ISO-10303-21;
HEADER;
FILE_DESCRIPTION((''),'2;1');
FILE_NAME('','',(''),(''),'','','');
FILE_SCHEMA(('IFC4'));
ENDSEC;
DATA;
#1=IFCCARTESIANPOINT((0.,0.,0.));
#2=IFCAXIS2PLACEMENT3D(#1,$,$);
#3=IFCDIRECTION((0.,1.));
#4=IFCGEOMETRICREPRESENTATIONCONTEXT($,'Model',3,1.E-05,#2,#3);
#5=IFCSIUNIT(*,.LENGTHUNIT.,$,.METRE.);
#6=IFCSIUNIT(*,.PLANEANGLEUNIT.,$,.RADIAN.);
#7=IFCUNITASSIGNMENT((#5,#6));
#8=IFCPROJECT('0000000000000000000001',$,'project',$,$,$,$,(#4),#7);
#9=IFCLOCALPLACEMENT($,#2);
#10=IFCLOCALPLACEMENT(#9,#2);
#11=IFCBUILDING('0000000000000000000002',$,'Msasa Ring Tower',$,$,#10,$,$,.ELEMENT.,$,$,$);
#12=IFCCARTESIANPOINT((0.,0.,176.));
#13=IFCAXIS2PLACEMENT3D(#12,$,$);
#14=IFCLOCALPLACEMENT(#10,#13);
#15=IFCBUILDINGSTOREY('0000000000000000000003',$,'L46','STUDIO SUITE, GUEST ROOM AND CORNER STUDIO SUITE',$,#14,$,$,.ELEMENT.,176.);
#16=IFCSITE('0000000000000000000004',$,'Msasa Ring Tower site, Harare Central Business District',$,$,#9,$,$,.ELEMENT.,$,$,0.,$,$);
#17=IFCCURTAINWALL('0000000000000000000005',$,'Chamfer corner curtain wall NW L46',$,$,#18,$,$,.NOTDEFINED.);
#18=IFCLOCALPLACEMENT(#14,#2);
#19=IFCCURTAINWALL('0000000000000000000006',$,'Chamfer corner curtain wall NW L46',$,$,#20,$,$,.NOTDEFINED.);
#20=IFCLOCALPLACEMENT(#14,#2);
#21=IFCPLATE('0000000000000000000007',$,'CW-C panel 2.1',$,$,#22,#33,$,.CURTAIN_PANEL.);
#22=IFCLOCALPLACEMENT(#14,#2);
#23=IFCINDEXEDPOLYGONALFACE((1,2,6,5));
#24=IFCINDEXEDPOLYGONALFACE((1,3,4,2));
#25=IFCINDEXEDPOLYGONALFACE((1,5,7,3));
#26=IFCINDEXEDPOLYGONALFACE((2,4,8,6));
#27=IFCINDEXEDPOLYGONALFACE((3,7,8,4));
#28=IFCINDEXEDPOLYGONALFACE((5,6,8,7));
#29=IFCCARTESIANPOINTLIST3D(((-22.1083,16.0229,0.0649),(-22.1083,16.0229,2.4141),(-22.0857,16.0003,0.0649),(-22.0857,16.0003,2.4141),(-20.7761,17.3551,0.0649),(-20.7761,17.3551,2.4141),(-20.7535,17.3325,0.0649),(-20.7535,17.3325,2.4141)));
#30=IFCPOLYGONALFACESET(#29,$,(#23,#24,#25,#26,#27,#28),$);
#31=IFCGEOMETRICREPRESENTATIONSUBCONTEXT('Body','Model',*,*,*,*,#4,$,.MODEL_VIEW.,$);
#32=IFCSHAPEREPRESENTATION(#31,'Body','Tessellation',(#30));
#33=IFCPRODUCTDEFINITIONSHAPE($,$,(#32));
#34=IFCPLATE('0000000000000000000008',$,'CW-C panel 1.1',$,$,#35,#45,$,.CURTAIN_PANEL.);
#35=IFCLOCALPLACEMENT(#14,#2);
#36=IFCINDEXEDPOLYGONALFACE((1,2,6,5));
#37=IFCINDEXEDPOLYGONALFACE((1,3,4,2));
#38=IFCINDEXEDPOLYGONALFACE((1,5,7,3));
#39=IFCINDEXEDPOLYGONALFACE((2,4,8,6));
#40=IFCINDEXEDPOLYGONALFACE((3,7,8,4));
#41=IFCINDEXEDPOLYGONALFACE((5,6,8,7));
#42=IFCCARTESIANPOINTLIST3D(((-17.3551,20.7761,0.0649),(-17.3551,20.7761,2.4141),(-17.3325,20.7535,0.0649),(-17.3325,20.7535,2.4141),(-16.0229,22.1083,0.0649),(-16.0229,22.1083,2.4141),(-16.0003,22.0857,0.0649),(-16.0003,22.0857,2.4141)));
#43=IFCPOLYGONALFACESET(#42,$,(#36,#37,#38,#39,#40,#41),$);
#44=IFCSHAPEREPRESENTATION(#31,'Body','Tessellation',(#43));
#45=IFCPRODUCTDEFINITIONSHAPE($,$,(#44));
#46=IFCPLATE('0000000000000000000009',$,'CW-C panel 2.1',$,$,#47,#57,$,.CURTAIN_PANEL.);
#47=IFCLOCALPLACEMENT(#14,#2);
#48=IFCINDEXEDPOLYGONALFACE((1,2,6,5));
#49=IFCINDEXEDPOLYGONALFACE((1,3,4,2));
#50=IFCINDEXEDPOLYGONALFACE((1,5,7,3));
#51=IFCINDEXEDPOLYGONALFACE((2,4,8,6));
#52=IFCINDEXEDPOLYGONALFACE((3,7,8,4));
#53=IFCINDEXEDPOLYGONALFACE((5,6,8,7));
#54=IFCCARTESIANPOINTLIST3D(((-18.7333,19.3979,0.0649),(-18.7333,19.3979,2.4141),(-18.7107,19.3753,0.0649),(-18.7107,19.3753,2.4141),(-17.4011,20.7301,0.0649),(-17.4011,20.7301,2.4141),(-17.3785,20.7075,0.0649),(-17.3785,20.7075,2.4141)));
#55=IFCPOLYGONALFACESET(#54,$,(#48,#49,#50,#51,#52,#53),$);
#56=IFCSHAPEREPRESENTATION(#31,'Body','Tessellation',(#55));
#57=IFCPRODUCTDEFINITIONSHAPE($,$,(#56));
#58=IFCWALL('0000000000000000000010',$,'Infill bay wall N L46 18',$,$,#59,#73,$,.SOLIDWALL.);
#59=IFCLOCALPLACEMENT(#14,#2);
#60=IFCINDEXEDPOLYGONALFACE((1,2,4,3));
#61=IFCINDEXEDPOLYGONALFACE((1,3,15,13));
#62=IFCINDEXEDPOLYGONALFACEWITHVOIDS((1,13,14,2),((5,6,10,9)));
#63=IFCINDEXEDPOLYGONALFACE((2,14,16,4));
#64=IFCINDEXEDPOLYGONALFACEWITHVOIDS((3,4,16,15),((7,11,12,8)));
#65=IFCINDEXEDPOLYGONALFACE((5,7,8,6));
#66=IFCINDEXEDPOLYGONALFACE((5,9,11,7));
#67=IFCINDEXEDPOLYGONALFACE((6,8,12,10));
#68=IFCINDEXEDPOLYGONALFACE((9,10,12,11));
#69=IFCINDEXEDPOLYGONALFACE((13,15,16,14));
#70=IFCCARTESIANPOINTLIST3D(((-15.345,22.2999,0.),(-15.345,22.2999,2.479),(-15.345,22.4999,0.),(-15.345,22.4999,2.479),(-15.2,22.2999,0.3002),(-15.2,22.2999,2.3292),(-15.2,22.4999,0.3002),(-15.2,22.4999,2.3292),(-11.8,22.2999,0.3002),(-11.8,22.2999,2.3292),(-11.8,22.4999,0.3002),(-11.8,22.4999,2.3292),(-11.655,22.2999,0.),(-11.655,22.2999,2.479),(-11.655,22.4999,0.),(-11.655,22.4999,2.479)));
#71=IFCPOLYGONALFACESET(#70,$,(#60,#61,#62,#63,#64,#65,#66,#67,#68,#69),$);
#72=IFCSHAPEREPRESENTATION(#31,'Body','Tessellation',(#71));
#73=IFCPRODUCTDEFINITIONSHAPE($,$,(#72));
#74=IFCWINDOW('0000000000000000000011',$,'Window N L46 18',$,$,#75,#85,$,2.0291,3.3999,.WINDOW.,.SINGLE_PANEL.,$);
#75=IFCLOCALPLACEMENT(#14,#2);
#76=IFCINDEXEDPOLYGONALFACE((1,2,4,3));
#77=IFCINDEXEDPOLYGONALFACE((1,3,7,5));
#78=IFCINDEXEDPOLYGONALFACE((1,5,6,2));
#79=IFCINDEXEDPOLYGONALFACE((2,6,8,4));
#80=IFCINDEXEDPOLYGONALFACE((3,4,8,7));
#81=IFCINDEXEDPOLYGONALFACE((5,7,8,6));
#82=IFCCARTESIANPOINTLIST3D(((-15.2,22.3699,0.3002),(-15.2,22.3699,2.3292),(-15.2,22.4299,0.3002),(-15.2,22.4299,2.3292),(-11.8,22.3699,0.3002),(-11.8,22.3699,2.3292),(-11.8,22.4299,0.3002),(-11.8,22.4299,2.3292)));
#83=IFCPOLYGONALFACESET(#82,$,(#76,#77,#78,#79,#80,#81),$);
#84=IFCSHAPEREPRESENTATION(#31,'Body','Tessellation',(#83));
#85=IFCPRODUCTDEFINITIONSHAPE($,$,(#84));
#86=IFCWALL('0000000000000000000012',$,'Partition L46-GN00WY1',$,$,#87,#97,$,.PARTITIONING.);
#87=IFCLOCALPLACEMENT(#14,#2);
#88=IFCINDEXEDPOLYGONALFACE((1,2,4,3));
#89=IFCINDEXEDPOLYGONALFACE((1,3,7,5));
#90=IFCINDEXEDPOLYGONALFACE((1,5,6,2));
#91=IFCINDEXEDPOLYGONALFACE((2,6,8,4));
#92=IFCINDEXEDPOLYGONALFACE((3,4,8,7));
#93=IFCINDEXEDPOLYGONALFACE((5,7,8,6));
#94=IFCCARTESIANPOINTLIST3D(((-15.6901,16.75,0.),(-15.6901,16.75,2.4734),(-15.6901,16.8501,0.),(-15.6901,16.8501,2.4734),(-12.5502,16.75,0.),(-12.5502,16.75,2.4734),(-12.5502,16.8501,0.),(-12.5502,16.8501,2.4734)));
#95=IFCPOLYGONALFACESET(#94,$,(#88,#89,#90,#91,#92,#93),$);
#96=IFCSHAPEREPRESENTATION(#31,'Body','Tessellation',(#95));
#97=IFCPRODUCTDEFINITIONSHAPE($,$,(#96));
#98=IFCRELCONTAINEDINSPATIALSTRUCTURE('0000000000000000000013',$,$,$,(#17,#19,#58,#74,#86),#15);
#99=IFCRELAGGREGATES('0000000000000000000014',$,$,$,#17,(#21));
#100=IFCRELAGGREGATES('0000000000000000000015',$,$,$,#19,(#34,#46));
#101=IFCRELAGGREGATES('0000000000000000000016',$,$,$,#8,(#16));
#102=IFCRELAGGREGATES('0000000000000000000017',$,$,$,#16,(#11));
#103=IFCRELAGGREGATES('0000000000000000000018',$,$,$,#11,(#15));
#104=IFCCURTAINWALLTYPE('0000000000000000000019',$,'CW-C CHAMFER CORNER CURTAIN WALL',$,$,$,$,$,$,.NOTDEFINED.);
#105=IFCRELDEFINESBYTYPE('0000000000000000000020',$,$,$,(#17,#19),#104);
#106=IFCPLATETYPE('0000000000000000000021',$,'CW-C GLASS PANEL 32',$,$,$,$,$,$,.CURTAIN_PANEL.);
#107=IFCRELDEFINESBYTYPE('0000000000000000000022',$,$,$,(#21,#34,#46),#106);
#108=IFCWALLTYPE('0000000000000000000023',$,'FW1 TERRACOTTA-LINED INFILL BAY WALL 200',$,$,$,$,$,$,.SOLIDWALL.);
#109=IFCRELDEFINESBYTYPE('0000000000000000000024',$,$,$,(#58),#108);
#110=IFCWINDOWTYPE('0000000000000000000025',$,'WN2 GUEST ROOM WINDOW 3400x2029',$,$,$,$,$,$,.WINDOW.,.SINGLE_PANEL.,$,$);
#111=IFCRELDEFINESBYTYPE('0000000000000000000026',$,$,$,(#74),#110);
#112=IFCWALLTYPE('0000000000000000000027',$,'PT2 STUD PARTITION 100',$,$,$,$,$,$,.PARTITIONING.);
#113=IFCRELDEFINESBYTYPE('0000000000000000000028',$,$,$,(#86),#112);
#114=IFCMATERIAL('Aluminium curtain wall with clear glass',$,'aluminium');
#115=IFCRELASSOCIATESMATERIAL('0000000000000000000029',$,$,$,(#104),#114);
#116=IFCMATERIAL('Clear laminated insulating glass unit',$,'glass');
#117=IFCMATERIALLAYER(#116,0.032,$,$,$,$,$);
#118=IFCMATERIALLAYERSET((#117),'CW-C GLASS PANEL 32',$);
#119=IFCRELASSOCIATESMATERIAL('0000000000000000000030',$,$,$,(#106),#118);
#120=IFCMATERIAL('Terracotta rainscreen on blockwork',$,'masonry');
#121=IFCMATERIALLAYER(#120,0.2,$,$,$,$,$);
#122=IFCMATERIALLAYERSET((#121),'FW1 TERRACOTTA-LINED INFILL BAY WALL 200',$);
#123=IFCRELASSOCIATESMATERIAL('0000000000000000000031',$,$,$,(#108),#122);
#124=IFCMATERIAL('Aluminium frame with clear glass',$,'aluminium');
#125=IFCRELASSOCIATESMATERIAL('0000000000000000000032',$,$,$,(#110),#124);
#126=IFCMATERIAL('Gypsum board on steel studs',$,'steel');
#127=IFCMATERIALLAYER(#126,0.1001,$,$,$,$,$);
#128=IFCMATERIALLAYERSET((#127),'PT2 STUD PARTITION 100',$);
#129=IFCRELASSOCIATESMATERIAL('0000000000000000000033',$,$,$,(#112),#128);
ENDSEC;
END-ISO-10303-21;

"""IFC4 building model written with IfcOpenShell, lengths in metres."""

from ifc_helpers import new_model, si_unit, direction, frame, frame_2d, origin, origin_2d, place, context, subcontext, project, spatial, rectangle, extrude, material, layer, layer_set, type_object, element, fill, aggregate, save


model = new_model("IFC4")

# Units and contexts
model_context = context("Model", 3, precision=1e-05, world=origin(), true_north=direction((0.0, 1.0)))
body_context = subcontext(model_context, "Body", "Model", "MODEL_VIEW")
ifc_project = project(units=[si_unit("LENGTHUNIT", "METRE"), si_unit("PLANEANGLEUNIT", "RADIAN")], contexts=[model_context])

# Site, building, storey
site_placement = place(None, origin())
site = spatial("IfcSite", under=ifc_project, at=site_placement, Name="Msasa Ring Tower site, Harare Central Business District", CompositionType="ELEMENT", RefElevation=0.0)
building_placement = place(site_placement, origin())
building = spatial("IfcBuilding", under=site, at=building_placement, Name="Msasa Ring Tower", CompositionType="ELEMENT")
storey_placement = place(building_placement, frame((0.0, 0.0, 176.0)))
storey = spatial("IfcBuildingStorey", under=building, at=storey_placement, Name="L46", Description="STUDIO SUITE, GUEST ROOM AND CORNER STUDIO SUITE", CompositionType="ELEMENT", Elevation=176.0)

# Curtain walls
ifc_material_1 = material(Name="Aluminium curtain wall with clear glass", Category="aluminium")
curtain_wall_type = type_object("IfcCurtainWallType", Name="CW-C CHAMFER CORNER CURTAIN WALL", PredefinedType="NOTDEFINED", material=ifc_material_1)
curtain_wall_1_placement = place(storey_placement, origin())
curtain_wall_1 = element("IfcCurtainWall", 1, at=curtain_wall_1_placement, inside=storey, type_object=curtain_wall_type, Name="Chamfer corner curtain wall NW L46", PredefinedType="NOTDEFINED")
curtain_wall_2_placement = place(storey_placement, origin())
curtain_wall_2 = element("IfcCurtainWall", 2, at=curtain_wall_2_placement, inside=storey, type_object=curtain_wall_type, Name="Chamfer corner curtain wall NW L46", PredefinedType="NOTDEFINED")

# Plates
ifc_material_2 = material(Name="Clear laminated insulating glass unit", Category="glass")
ifc_layer_1 = layer(ifc_material_2, 0.032)
ifc_layer_set_1 = layer_set([ifc_layer_1], Name="CW-C GLASS PANEL 32")
plate_type = type_object("IfcPlateType", Name="CW-C GLASS PANEL 32", PredefinedType="CURTAIN_PANEL", material=ifc_layer_set_1)
plate_1_placement = place(storey_placement, frame((-21.4309, 16.6777, 0.0649), z_axis=(0.0, 0.0, 1.0), x_axis=(-0.707107, -0.707107, 0.0)))
plate_1 = element("IfcPlate", 3, at=plate_1_placement, type_object=plate_type, Name="CW-C panel 2.1", PredefinedType="CURTAIN_PANEL", context=body_context, shape_type="SweptSolid", body=[
    extrude(rectangle(XDim=1.884, YDim=0.032, at=origin_2d()), origin(), (0.0, 0.0, 1.0), 2.3491),
])
aggregate(curtain_wall_1, [plate_1])
plate_2_placement = place(storey_placement, frame((-16.6777, 21.4309, 0.0649), z_axis=(0.0, 0.0, 1.0), x_axis=(-0.707107, -0.707107, 0.0)))
plate_2 = element("IfcPlate", 4, at=plate_2_placement, type_object=plate_type, Name="CW-C panel 1.1", PredefinedType="CURTAIN_PANEL", context=body_context, shape_type="SweptSolid", body=[
    extrude(rectangle(XDim=1.884, YDim=0.032, at=origin_2d()), origin(), (0.0, 0.0, 1.0), 2.3491),
])
plate_3_placement = place(storey_placement, frame((-18.0559, 20.0527, 0.0649), z_axis=(0.0, 0.0, 1.0), x_axis=(-0.707107, -0.707107, 0.0)))
plate_3 = element("IfcPlate", 5, at=plate_3_placement, type_object=plate_type, Name="CW-C panel 2.1", PredefinedType="CURTAIN_PANEL", context=body_context, shape_type="SweptSolid", body=[
    extrude(rectangle(XDim=1.884, YDim=0.032, at=origin_2d()), origin(), (0.0, 0.0, 1.0), 2.3491),
])
aggregate(curtain_wall_2, [plate_2, plate_3])

# Wall, opening, window
ifc_material_3 = material(Name="Terracotta rainscreen on blockwork", Category="masonry")
ifc_layer_2 = layer(ifc_material_3, 0.2)
ifc_layer_set_2 = layer_set([ifc_layer_2], Name="FW1 TERRACOTTA-LINED INFILL BAY WALL 200")
wall_type_1 = type_object("IfcWallType", Name="FW1 TERRACOTTA-LINED INFILL BAY WALL 200", PredefinedType="SOLIDWALL", material=ifc_layer_set_2)
wall_1_placement = place(storey_placement, frame((-15.345, 22.3999, 0.0), z_axis=(0.0, 0.0, 1.0), x_axis=(1.0, 0.0, 0.0)))
wall_1 = element("IfcWall", 6, at=wall_1_placement, inside=storey, type_object=wall_type_1, Name="Infill bay wall N L46 18", PredefinedType="SOLIDWALL", context=body_context, shape_type="SweptSolid", body=[
    extrude(rectangle(XDim=3.6899, YDim=0.2, at=frame_2d((1.845, 0.0))), origin(), (0.0, 0.0, 1.0), 2.479),
])
opening_placement = place(wall_1_placement, frame((0.145, 0.0, 0.3)))
opening = element("IfcOpeningElement", 7, at=opening_placement, cuts=wall_1, PredefinedType="OPENING", context=body_context, shape_type="SweptSolid", body=[
    extrude(rectangle(XDim=3.3999, YDim=2.0291, at=frame_2d((1.7, 1.0146))), frame((0.0, 0.1099, 0.0), z_axis=(0.0, -1.0, 0.0), x_axis=(1.0, 0.0, 0.0)), (0.0, 0.0, 1.0), 0.22),
])
ifc_material_4 = material(Name="Aluminium frame with clear glass", Category="aluminium")
window_type = type_object("IfcWindowType", Name="WN2 GUEST ROOM WINDOW 3400x2029", PartitioningType="SINGLE_PANEL", PredefinedType="WINDOW", material=ifc_material_4)
window_placement = place(opening_placement, origin())
window = element("IfcWindow", 8, at=window_placement, inside=storey, type_object=window_type, Name="Window N L46 18", OverallHeight=2.0291, OverallWidth=3.3999, PartitioningType="SINGLE_PANEL", PredefinedType="WINDOW", context=body_context, shape_type="SweptSolid", body=[
    extrude(rectangle(XDim=3.3999, YDim=2.0291, at=frame_2d((1.7, 1.0146))), frame((0.0, 0.03, 0.0), z_axis=(0.0, -1.0, 0.0), x_axis=(1.0, 0.0, 0.0)), (0.0, 0.0, 1.0), 0.0601),
])
fill(opening, window)

# Wall
ifc_material_5 = material(Name="Gypsum board on steel studs", Category="steel")
ifc_layer_3 = layer(ifc_material_5, 0.1001)
ifc_layer_set_3 = layer_set([ifc_layer_3], Name="PT2 STUD PARTITION 100")
wall_type_2 = type_object("IfcWallType", Name="PT2 STUD PARTITION 100", PredefinedType="PARTITIONING", material=ifc_layer_set_3)
wall_2_placement = place(storey_placement, frame((-15.6899, 16.8, 0.0), z_axis=(0.0, 0.0, 1.0), x_axis=(1.0, 0.0, 0.0)))
element("IfcWall", 9, at=wall_2_placement, inside=storey, type_object=wall_type_2, Name="Partition L46-GN00WY1", PredefinedType="PARTITIONING", context=body_context, shape_type="SweptSolid", body=[
    extrude(rectangle(XDim=3.1399, YDim=0.1001, at=frame_2d((1.5698, 0.0))), origin(), (0.0, 0.0, 1.0), 2.4734),
])

save(model, "model.ifc")
